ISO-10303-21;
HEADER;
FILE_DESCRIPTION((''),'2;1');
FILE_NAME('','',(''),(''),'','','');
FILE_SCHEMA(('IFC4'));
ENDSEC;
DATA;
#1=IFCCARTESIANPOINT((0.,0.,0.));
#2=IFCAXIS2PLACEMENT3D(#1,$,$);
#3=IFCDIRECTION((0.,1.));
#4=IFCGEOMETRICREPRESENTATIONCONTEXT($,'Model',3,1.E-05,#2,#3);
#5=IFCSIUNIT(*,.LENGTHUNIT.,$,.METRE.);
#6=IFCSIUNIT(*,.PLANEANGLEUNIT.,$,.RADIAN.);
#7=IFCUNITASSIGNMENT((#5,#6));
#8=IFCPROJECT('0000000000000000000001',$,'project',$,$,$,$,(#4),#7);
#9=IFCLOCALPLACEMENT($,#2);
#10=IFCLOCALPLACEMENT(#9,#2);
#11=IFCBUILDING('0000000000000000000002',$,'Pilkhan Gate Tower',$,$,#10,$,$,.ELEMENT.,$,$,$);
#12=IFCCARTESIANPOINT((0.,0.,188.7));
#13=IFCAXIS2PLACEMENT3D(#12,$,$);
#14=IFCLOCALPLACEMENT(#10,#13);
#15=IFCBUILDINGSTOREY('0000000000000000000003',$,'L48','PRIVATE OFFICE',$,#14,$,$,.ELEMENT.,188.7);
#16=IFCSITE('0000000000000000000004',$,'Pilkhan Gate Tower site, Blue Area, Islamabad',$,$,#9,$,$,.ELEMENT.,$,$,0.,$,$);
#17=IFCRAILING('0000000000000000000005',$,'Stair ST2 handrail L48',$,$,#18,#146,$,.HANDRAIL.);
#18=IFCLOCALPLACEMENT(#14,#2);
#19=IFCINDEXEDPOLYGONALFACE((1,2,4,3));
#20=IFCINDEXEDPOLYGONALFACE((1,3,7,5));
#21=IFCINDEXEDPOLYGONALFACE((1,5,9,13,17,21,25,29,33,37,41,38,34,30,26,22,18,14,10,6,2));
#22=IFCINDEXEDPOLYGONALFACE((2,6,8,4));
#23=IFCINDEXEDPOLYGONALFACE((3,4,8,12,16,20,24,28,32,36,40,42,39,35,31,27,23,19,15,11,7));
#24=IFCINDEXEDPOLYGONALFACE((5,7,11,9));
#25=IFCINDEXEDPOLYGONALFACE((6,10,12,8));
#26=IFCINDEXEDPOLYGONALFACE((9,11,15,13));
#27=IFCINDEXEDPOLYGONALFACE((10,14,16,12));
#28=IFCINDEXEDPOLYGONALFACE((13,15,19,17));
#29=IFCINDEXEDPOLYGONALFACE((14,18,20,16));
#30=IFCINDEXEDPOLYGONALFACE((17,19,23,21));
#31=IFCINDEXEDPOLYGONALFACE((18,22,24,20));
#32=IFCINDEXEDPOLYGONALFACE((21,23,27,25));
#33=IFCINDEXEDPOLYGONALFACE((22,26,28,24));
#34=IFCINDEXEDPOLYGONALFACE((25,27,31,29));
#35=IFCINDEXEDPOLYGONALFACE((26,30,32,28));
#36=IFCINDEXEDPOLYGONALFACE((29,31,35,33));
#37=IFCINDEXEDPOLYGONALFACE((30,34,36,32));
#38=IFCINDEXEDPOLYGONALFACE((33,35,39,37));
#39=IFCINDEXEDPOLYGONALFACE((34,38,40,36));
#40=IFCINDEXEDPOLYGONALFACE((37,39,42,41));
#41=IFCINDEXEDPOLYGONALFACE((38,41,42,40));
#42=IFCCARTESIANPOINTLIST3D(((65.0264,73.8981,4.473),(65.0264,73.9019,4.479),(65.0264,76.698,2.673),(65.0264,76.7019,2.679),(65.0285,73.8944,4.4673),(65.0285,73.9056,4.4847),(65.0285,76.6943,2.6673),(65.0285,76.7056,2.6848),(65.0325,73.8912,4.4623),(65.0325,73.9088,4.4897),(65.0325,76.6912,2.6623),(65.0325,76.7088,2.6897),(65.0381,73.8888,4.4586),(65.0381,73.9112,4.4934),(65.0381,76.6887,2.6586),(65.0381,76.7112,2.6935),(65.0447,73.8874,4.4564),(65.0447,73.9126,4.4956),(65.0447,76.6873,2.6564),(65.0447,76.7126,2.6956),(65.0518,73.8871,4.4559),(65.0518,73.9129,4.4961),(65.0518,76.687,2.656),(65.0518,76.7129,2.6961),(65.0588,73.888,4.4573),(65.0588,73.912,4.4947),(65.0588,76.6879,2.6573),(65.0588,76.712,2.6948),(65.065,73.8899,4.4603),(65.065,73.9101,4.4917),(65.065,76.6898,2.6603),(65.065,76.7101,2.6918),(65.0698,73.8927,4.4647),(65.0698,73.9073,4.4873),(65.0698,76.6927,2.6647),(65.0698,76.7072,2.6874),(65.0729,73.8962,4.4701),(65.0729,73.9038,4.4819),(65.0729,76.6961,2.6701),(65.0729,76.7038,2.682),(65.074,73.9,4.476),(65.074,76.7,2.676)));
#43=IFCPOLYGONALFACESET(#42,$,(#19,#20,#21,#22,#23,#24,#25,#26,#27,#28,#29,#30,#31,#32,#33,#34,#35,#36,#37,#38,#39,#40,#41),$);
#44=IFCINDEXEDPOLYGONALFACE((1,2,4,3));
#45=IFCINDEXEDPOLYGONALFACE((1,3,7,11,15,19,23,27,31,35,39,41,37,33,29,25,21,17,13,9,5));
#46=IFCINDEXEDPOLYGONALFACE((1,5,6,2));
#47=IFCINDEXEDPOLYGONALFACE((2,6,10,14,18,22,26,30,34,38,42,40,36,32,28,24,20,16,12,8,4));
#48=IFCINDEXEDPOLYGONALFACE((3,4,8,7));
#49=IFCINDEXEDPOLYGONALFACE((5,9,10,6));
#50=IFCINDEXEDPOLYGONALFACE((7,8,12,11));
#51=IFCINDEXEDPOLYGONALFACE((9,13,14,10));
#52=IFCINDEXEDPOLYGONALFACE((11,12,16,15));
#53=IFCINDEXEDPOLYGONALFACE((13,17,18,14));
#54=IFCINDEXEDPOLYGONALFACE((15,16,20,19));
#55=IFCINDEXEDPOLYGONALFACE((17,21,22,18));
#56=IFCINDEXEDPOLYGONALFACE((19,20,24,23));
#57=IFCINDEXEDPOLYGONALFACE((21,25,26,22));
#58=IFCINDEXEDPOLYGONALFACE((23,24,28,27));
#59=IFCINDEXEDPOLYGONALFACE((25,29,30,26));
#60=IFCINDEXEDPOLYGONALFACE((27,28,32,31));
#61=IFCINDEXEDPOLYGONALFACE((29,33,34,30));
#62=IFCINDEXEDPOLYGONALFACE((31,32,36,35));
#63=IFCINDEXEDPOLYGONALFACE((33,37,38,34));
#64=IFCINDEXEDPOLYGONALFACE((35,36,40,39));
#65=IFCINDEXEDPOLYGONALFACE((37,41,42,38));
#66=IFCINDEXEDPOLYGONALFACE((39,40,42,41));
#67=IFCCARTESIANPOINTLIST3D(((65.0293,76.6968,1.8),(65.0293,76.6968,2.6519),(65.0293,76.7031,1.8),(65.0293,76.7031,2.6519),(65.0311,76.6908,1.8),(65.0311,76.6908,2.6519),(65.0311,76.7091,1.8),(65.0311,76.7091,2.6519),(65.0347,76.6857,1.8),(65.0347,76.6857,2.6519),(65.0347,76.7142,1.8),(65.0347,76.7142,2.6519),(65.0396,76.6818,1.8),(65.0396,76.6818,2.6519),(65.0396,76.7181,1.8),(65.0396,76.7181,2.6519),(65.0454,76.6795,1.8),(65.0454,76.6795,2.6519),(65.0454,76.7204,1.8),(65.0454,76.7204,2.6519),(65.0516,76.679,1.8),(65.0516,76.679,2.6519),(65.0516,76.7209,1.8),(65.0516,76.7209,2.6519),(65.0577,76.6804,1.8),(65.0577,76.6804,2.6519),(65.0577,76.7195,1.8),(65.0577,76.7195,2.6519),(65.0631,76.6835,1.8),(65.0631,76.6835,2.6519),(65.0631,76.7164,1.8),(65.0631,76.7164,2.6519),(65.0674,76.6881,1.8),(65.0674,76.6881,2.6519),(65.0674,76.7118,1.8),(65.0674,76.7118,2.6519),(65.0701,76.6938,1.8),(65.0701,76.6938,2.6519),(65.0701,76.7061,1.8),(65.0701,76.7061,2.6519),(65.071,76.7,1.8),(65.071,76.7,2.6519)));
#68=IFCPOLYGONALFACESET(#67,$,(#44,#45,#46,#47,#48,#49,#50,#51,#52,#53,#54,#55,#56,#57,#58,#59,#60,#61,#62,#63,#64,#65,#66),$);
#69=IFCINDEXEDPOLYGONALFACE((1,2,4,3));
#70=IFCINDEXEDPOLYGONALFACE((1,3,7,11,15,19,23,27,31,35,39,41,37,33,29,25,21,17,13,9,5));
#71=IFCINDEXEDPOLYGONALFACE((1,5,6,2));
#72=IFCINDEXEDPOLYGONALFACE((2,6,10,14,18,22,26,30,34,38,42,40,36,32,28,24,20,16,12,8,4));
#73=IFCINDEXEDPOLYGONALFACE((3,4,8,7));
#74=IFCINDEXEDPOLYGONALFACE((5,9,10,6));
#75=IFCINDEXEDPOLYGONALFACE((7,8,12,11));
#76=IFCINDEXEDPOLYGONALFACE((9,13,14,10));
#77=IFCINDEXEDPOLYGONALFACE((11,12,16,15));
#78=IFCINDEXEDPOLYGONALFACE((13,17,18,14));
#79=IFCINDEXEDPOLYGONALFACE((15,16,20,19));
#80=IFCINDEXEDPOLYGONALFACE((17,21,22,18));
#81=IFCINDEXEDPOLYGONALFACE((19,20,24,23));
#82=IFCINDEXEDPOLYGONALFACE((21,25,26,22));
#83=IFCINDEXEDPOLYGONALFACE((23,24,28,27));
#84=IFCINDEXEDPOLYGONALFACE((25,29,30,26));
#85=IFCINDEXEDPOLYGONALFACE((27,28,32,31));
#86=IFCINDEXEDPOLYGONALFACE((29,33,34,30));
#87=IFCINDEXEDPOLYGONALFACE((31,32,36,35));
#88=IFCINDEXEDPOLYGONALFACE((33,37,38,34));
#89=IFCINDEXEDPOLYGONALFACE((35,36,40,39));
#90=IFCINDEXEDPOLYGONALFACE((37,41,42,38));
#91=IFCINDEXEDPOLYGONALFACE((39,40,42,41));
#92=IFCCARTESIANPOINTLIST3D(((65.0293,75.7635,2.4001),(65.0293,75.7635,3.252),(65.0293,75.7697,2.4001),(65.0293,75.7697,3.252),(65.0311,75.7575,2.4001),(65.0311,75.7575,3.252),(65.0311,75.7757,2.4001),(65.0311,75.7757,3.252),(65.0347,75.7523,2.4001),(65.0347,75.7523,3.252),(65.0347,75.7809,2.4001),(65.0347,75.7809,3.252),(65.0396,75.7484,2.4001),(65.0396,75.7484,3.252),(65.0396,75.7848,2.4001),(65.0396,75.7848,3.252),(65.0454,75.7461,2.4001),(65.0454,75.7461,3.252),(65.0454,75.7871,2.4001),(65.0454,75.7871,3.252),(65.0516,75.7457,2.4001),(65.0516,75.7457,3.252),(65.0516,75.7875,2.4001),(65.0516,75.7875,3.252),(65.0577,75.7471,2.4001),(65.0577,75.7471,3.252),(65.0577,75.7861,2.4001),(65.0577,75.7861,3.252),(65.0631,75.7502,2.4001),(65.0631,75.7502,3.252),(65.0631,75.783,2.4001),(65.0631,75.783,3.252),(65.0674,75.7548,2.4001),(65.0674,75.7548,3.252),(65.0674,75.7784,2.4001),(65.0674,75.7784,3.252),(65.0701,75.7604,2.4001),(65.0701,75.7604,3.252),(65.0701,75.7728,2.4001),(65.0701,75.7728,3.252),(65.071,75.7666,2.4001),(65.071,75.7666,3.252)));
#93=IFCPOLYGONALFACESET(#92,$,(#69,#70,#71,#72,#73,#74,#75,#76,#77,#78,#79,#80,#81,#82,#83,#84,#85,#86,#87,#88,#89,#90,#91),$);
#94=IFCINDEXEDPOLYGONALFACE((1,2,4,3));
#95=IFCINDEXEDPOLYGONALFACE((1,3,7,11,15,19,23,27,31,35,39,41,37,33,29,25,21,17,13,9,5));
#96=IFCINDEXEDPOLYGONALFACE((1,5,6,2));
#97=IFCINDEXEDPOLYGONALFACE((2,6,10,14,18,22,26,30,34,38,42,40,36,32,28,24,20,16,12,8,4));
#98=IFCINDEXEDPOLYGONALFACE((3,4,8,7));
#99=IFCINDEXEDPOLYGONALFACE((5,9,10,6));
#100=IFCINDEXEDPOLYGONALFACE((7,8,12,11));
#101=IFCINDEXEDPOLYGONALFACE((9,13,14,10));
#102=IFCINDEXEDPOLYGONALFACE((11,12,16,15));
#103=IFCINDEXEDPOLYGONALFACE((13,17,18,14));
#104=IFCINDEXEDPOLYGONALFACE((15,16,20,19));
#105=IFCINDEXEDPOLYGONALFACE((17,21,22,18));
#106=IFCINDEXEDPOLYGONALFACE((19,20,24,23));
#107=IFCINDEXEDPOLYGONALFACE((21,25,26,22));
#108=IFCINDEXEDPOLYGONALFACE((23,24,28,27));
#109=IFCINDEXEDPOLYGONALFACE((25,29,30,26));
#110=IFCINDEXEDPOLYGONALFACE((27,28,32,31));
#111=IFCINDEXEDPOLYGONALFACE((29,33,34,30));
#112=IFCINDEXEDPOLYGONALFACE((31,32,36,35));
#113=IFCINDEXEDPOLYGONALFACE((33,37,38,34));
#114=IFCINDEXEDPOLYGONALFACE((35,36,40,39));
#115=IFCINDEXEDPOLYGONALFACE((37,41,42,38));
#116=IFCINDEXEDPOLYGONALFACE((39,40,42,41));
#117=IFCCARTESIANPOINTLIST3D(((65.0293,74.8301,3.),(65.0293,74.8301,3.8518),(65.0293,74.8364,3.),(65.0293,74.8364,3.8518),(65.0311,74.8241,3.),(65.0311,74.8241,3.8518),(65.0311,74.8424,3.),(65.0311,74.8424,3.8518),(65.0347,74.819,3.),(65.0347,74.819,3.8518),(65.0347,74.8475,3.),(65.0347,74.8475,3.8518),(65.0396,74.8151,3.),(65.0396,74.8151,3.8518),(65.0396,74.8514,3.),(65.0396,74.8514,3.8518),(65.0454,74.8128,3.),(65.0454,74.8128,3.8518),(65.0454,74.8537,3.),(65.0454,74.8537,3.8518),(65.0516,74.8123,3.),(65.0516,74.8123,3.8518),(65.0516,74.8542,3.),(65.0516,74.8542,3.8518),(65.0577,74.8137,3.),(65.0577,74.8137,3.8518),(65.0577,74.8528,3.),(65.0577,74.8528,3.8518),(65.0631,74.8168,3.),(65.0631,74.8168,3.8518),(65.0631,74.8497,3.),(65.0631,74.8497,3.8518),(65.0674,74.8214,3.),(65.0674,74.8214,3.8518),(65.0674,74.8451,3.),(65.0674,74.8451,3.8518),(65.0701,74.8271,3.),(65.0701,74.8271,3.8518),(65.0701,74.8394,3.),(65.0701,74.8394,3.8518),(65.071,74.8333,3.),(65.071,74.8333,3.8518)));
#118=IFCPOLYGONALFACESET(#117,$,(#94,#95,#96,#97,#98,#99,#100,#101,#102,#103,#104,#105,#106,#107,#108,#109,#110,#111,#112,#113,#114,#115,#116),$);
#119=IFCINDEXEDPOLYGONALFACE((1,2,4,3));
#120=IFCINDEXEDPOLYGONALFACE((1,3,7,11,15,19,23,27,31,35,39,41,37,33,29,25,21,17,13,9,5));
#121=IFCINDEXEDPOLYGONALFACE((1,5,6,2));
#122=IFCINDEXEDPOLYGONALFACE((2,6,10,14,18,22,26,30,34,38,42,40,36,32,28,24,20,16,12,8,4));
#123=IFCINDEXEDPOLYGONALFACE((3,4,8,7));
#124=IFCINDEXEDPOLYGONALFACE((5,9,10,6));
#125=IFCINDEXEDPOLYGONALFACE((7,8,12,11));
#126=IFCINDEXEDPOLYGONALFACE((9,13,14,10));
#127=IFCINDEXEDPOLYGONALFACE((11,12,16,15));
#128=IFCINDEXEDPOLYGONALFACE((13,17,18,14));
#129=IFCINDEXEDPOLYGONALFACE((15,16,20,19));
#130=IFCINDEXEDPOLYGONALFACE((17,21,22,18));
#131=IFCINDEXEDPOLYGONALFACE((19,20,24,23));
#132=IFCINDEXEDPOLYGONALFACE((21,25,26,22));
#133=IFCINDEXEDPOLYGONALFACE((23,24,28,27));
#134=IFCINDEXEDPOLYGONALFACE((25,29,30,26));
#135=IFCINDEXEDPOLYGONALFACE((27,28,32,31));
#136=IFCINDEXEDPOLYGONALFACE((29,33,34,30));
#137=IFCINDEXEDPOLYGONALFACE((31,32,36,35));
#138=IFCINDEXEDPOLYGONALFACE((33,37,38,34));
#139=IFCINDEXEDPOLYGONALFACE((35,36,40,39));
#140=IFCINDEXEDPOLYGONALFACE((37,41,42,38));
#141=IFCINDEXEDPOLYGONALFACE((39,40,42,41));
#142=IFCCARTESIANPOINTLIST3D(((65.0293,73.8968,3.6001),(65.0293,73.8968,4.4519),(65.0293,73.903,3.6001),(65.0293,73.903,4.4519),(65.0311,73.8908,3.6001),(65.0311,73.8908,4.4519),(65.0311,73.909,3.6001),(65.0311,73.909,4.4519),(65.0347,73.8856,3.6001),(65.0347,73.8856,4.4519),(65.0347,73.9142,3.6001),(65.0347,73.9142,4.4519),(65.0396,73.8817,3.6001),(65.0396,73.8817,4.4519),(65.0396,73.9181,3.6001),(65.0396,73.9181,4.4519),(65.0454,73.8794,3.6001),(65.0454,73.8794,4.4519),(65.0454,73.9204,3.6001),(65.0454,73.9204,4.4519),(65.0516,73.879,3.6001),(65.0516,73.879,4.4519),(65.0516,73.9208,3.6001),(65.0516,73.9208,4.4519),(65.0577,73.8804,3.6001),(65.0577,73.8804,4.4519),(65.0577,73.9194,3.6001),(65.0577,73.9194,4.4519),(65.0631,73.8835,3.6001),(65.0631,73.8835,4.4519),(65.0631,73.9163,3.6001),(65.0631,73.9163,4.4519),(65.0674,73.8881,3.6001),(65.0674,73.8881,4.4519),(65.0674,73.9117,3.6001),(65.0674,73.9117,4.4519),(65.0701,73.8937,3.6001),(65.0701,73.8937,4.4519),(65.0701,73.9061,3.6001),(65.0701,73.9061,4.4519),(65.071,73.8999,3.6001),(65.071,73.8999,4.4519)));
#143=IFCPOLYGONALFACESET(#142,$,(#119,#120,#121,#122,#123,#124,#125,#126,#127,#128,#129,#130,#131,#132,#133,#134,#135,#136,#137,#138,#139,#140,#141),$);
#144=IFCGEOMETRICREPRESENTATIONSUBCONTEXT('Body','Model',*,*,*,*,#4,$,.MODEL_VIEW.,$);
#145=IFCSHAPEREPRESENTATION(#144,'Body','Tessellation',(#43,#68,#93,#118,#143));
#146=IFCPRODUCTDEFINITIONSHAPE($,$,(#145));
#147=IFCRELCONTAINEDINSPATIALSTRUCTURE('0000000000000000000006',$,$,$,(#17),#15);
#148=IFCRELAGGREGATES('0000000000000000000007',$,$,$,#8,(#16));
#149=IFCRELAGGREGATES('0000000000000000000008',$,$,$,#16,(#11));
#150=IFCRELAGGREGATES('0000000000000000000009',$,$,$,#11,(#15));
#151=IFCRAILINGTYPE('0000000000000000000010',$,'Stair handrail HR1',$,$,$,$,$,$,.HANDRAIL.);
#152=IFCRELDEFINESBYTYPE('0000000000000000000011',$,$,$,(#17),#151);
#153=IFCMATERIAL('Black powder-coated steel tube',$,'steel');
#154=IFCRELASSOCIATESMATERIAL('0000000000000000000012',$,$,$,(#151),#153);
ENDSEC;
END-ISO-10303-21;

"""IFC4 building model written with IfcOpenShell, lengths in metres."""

from ifc_helpers import new_model, si_unit, direction, frame, origin, origin_2d, place, context, subcontext, project, spatial, circle, extrude, material, type_object, element, save


model = new_model("IFC4")

# Units and contexts
model_context = context("Model", 3, precision=1e-05, world=origin(), true_north=direction((0.0, 1.0)))
body_context = subcontext(model_context, "Body", "Model", "MODEL_VIEW")
ifc_project = project(units=[si_unit("LENGTHUNIT", "METRE"), si_unit("PLANEANGLEUNIT", "RADIAN")], contexts=[model_context])

# Site, building, storey
site_placement = place(None, origin())
site = spatial("IfcSite", under=ifc_project, at=site_placement, Name="Pilkhan Gate Tower site, Blue Area, Islamabad", CompositionType="ELEMENT", RefElevation=0.0)
building_placement = place(site_placement, origin())
building = spatial("IfcBuilding", under=site, at=building_placement, Name="Pilkhan Gate Tower", CompositionType="ELEMENT")
storey_placement = place(building_placement, frame((0.0, 0.0, 188.7)))
storey = spatial("IfcBuildingStorey", under=building, at=storey_placement, Name="L48", Description="PRIVATE OFFICE", CompositionType="ELEMENT", Elevation=188.7)

# Railing
ifc_material_1 = material(Name="Black powder-coated steel tube", Category="steel")
railing_type_1 = type_object("IfcRailingType", Name="Stair handrail HR1", PredefinedType="HANDRAIL", material=ifc_material_1)
railing_1_placement = place(storey_placement, frame((65.05, 76.7, 1.8)))
element("IfcRailing", 1, at=railing_1_placement, inside=storey, type_object=railing_type_1, Name="Stair ST2 handrail L48", PredefinedType="HANDRAIL", context=body_context, shape_type="SweptSolid", body=[
    extrude(circle(Radius=0.0239, at=origin_2d()), frame((0.0, 0.0, 0.876), z_axis=(0.0, -0.841176, 0.540761), x_axis=(1.0, 0.0, 0.0)), (0.0, 0.0, 1.0), 3.3286),
    extrude(circle(Radius=0.021, at=origin_2d()), origin(), (0.0, 0.0, 1.0), 0.8518),
    extrude(circle(Radius=0.021, at=origin_2d()), frame((0.0, -0.9333, 0.6001)), (0.0, 0.0, 1.0), 0.8518),
    extrude(circle(Radius=0.021, at=origin_2d()), frame((0.0, -1.8667, 1.2)), (0.0, 0.0, 1.0), 0.8518),
    extrude(circle(Radius=0.021, at=origin_2d()), frame((0.0, -2.8, 1.8)), (0.0, 0.0, 1.0), 0.8518),
])

save(model, "model.ifc")
